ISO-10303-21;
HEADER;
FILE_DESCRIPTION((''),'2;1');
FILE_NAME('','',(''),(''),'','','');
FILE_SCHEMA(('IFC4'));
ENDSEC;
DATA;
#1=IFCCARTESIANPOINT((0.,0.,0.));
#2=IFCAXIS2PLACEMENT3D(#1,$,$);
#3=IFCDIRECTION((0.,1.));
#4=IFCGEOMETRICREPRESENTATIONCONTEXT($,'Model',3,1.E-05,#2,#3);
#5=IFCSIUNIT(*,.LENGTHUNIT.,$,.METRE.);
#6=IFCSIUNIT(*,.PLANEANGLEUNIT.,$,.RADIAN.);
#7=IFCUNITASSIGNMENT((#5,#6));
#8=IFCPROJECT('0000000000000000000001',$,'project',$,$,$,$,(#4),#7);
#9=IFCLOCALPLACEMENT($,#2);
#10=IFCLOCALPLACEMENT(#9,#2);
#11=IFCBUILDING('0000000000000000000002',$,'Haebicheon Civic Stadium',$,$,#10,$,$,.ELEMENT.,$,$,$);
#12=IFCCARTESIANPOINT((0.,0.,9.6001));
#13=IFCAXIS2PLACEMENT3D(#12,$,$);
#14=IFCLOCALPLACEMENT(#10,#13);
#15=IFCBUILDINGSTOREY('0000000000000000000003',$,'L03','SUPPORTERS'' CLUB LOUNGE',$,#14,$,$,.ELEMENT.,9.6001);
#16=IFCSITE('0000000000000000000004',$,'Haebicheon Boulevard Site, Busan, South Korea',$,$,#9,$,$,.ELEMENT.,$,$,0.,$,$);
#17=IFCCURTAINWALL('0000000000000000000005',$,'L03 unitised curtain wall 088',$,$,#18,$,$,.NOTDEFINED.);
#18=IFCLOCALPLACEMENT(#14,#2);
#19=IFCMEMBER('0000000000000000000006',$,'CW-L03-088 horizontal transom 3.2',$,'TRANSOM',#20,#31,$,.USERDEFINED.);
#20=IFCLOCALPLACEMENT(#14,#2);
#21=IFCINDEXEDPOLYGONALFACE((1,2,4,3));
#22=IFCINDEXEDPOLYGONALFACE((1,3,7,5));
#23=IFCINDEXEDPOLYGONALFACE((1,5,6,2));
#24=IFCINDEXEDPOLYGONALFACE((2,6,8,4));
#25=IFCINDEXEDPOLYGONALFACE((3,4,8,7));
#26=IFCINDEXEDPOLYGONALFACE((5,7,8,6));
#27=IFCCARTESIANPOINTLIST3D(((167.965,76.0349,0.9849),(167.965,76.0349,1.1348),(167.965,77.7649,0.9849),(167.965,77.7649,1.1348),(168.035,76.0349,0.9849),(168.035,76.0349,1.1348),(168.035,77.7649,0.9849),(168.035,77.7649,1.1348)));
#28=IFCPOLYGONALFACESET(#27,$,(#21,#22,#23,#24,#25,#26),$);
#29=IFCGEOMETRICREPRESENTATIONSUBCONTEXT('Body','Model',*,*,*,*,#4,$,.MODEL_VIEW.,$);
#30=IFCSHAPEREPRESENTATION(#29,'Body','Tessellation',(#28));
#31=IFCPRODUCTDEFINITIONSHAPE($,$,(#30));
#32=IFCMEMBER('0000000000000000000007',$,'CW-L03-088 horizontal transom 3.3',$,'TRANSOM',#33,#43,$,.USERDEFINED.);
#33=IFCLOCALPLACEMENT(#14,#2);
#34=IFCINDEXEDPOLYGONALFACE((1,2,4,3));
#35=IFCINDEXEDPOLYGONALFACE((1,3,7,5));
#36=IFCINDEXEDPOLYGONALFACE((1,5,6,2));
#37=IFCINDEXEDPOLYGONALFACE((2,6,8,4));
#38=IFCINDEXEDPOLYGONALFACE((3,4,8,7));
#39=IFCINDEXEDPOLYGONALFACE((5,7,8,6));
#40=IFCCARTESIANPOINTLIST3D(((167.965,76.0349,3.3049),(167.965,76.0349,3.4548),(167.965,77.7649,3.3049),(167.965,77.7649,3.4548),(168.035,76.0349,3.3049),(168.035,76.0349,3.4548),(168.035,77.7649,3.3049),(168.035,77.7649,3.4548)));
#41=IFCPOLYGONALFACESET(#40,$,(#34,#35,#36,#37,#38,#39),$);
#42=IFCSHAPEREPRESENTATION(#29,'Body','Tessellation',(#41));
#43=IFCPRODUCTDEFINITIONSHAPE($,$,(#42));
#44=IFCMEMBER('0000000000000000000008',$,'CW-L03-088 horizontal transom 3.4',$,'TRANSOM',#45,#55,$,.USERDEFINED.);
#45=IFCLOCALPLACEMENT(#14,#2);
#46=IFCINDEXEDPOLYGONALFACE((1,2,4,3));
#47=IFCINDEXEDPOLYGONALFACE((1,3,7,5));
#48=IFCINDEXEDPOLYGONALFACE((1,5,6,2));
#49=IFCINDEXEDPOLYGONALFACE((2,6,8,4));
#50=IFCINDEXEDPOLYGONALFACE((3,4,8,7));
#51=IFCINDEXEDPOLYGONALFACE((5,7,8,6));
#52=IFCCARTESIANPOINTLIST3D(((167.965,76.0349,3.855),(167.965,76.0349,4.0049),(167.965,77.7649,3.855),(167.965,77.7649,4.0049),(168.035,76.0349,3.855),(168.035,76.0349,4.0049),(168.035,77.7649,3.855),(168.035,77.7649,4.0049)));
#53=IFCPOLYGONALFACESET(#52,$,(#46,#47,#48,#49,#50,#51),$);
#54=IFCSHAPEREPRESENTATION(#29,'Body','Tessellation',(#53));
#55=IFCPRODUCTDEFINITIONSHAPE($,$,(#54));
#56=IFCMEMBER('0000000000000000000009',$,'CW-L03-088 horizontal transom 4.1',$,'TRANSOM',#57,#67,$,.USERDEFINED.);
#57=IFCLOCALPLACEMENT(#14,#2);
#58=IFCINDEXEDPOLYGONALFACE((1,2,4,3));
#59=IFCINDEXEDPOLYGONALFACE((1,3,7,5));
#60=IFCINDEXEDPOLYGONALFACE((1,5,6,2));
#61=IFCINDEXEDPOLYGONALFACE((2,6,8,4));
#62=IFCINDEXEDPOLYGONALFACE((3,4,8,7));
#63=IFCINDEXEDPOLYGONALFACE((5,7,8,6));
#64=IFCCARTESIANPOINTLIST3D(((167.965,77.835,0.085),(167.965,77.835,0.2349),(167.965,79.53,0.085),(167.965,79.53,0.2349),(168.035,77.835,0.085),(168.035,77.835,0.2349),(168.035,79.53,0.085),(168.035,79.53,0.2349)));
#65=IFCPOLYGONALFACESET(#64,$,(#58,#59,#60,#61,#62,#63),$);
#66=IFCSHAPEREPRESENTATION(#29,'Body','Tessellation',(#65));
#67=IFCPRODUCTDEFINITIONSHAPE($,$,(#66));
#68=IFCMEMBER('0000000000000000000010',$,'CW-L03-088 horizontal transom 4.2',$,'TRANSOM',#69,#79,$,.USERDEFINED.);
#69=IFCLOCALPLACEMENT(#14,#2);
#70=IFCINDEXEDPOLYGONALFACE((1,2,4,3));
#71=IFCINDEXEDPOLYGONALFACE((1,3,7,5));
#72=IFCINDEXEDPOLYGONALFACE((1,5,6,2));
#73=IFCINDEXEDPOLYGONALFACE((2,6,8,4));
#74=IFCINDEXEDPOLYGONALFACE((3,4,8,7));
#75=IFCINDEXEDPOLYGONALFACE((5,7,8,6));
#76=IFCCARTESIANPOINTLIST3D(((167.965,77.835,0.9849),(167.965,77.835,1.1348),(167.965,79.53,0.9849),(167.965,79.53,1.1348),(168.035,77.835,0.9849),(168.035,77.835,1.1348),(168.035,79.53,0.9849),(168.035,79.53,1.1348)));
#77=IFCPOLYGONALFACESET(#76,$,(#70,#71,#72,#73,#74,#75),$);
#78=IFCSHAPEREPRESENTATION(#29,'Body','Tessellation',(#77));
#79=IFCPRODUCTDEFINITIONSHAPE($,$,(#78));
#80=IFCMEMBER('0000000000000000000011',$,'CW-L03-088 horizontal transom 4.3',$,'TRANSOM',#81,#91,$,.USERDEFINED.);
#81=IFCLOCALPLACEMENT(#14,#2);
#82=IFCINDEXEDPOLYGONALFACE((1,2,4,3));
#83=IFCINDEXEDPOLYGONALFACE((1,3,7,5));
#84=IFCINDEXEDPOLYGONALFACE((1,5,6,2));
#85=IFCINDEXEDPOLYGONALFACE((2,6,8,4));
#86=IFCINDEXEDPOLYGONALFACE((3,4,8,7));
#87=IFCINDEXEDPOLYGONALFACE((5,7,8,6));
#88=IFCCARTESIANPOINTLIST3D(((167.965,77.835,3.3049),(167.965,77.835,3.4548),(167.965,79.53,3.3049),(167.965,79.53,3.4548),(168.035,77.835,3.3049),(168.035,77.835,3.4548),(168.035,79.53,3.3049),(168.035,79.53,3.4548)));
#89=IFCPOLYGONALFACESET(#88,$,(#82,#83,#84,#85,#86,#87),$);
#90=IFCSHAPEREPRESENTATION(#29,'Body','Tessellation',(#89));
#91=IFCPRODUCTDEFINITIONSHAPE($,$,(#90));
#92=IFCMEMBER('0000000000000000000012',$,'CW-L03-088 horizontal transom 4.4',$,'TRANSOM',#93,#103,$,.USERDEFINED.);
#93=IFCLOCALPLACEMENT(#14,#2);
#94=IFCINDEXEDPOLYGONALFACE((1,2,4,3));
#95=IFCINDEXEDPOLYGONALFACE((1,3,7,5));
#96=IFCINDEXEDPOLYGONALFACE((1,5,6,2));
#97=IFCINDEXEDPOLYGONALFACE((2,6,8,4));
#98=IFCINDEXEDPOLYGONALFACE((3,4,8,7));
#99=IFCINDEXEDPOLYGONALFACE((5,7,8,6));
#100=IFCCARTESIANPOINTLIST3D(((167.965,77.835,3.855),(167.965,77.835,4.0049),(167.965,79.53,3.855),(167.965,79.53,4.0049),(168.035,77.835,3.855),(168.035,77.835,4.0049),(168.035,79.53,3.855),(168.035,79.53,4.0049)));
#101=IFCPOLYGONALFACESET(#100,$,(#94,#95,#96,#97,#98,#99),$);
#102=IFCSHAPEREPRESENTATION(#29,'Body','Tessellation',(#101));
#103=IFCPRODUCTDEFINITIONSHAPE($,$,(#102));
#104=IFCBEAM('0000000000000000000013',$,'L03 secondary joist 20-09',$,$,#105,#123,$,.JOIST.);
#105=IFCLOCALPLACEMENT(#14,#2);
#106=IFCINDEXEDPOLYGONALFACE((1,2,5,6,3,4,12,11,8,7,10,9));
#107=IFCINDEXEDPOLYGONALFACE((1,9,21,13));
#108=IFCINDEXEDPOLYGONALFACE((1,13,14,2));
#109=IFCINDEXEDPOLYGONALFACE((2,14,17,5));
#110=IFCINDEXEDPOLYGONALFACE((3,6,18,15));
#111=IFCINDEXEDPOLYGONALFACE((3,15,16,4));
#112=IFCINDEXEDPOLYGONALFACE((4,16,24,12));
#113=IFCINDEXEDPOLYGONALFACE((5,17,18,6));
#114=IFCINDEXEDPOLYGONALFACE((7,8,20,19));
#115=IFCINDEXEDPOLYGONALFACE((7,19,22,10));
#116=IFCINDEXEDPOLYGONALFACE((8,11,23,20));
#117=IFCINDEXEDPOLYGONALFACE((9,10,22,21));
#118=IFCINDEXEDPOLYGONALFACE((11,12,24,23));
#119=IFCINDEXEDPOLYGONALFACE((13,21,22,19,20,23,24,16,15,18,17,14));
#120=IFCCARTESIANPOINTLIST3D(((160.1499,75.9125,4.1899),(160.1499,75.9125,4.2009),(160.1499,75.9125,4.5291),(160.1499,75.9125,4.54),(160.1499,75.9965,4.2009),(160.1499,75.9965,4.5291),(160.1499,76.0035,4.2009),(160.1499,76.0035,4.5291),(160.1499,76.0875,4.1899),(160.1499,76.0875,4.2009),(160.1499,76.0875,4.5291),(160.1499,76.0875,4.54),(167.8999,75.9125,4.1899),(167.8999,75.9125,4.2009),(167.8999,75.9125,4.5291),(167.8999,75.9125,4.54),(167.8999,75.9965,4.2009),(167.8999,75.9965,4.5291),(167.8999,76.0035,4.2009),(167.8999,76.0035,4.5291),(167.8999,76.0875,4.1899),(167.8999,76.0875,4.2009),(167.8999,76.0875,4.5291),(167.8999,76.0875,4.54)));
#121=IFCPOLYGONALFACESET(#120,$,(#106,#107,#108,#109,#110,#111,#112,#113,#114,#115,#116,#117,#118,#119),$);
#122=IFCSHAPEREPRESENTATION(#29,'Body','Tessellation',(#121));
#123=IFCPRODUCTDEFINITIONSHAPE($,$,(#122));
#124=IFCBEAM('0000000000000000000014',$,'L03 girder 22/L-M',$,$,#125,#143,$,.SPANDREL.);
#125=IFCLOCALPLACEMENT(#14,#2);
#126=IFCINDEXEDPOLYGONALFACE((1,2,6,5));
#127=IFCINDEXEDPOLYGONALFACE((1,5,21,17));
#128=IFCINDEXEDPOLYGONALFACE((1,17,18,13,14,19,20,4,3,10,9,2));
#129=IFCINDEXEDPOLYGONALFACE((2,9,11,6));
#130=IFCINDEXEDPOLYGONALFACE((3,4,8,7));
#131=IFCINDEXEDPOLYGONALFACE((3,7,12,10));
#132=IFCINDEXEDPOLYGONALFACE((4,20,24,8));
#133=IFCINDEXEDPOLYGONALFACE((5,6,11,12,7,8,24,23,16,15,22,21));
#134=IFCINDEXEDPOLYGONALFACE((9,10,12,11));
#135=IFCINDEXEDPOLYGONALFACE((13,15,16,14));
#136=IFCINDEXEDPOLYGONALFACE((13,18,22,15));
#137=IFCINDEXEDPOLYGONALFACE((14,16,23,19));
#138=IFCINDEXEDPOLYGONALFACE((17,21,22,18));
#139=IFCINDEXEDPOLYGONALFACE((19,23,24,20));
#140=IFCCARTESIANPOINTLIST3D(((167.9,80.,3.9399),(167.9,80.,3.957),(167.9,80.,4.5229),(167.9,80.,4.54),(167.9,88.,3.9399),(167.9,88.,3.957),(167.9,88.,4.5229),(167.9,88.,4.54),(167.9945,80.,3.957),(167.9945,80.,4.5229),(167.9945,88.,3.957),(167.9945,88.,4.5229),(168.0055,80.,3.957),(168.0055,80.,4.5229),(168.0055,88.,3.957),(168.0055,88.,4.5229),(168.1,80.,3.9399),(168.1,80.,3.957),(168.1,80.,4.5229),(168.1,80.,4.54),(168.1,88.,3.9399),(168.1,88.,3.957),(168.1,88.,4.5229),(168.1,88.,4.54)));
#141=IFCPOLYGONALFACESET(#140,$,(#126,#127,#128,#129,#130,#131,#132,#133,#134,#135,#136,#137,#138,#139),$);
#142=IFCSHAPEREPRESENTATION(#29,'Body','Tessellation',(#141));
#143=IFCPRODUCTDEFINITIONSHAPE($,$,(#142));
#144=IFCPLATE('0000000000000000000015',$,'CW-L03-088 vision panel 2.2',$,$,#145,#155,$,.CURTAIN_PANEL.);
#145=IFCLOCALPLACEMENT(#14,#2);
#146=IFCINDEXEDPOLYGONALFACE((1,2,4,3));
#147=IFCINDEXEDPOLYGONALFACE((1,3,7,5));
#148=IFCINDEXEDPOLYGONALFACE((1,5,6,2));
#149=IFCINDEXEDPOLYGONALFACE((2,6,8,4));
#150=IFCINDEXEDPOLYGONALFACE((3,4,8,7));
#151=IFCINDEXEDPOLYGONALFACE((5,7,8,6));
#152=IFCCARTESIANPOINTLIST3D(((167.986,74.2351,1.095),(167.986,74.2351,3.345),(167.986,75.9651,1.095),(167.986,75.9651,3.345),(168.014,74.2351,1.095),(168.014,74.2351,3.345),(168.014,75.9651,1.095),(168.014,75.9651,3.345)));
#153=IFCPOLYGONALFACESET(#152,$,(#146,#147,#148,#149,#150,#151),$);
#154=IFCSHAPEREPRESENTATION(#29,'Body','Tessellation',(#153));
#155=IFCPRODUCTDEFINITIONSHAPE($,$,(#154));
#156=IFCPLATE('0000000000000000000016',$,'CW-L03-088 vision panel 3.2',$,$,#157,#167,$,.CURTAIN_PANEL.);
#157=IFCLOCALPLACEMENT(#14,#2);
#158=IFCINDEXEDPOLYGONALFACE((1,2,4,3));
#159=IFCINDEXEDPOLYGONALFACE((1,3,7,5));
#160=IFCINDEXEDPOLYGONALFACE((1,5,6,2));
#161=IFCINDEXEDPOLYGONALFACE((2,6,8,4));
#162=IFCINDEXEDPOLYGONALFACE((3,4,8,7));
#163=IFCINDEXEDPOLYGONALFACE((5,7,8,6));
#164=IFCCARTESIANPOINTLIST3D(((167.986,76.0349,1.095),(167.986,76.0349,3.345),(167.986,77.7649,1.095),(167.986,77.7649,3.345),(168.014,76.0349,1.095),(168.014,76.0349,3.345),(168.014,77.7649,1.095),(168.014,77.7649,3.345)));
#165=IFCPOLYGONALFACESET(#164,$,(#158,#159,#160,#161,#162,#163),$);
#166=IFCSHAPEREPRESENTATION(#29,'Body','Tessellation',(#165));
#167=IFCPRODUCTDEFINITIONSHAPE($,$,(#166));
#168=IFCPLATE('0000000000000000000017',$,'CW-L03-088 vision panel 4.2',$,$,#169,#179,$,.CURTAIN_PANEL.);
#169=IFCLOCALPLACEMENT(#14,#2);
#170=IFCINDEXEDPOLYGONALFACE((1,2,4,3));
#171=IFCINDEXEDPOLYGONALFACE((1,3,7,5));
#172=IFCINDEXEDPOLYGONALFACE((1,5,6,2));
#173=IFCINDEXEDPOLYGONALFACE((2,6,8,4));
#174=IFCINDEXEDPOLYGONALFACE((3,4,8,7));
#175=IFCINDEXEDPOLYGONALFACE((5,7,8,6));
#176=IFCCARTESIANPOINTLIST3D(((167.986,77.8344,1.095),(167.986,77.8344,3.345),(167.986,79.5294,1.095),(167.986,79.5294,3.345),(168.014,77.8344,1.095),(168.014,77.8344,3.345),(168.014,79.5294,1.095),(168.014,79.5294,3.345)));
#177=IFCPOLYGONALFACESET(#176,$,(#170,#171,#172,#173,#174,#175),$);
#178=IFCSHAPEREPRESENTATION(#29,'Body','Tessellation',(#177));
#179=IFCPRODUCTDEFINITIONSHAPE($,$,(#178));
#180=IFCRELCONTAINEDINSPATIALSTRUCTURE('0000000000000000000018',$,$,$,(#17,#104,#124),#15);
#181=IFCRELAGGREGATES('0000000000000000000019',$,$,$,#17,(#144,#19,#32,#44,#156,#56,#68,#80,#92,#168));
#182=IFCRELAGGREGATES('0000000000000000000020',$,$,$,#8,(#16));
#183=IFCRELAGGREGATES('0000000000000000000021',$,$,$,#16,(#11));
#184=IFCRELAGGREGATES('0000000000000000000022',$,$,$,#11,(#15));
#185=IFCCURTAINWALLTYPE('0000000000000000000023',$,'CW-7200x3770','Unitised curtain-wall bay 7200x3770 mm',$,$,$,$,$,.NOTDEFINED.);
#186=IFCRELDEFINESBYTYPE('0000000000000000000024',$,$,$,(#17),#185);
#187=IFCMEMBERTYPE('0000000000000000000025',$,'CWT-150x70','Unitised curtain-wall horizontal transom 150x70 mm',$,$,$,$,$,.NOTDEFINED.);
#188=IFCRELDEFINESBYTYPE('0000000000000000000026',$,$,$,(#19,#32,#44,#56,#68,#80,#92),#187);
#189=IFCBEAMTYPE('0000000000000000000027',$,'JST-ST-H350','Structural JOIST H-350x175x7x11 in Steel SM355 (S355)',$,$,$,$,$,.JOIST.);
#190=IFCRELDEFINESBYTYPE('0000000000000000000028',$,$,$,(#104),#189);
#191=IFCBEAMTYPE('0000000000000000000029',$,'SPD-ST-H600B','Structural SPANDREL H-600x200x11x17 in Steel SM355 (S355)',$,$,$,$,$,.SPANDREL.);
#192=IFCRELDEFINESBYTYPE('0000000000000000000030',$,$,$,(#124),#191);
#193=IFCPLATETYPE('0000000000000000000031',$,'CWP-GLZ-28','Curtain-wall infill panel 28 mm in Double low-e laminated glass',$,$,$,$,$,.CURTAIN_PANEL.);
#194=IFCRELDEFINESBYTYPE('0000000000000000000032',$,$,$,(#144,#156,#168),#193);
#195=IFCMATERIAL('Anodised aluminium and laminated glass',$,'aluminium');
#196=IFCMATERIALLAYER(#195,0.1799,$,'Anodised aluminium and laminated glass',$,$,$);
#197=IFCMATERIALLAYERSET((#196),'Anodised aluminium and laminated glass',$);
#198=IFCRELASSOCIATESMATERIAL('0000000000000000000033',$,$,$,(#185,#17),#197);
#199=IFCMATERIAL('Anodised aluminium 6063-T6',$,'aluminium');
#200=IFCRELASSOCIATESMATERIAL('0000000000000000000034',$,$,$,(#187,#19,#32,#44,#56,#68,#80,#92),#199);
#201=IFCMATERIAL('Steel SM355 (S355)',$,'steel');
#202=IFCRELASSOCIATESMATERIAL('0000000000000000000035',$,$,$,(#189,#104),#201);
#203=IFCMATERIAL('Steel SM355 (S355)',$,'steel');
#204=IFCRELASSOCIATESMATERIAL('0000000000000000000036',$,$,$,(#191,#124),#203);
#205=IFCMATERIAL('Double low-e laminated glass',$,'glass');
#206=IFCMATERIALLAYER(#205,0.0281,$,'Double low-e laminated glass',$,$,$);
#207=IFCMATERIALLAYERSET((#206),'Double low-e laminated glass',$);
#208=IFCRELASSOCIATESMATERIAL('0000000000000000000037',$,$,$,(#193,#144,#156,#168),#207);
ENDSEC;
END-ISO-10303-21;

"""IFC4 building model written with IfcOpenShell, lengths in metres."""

from ifc_helpers import new_model, si_unit, direction, frame, origin, origin_2d, place, context, subcontext, project, spatial, rectangle, i_section, extrude, material, layer, layer_set, material_profile, profile_set, type_object, element, aggregate, save


model = new_model("IFC4")

# Units and contexts
model_context = context("Model", 3, precision=1e-05, world=origin(), true_north=direction((0.0, 1.0)))
body_context = subcontext(model_context, "Body", "Model", "MODEL_VIEW")
ifc_project = project(units=[si_unit("LENGTHUNIT", "METRE"), si_unit("PLANEANGLEUNIT", "RADIAN")], contexts=[model_context])

# Site, building, storey
site_placement = place(None, origin())
site = spatial("IfcSite", under=ifc_project, at=site_placement, Name="Haebicheon Boulevard Site, Busan, South Korea", CompositionType="ELEMENT", RefElevation=0.0)
building_placement = place(site_placement, origin())
building = spatial("IfcBuilding", under=site, at=building_placement, Name="Haebicheon Civic Stadium", CompositionType="ELEMENT")
storey_placement = place(building_placement, frame((0.0, 0.0, 9.6001)))
storey = spatial("IfcBuildingStorey", under=building, at=storey_placement, Name="L03", Description="SUPPORTERS' CLUB LOUNGE", CompositionType="ELEMENT", Elevation=9.6001)

# Curtain wall, members
ifc_material_1 = material(Name="Anodised aluminium and laminated glass", Category="aluminium")
ifc_layer_1 = layer(ifc_material_1, 0.1799, Name="Anodised aluminium and laminated glass")
ifc_layer_set_1 = layer_set([ifc_layer_1], Name="Anodised aluminium and laminated glass")
curtain_wall_type = type_object("IfcCurtainWallType", Name="CW-7200x3770", Description="Unitised curtain-wall bay 7200x3770 mm", PredefinedType="NOTDEFINED", material=ifc_layer_set_1)
curtain_wall_placement = place(storey_placement, origin())
curtain_wall = element("IfcCurtainWall", 1, at=curtain_wall_placement, inside=storey, type_object=curtain_wall_type, material=ifc_layer_set_1, Name="L03 unitised curtain wall 088", PredefinedType="NOTDEFINED")
ifc_material_2 = material(Name="Anodised aluminium 6063-T6", Category="aluminium")
ifc_material_profile_1 = material_profile(ifc_material_2, rectangle(XDim=0.0701, YDim=0.1499, at=origin_2d()), Name="ALU-TRAN-70x150")
ifc_profile_set_1 = profile_set([ifc_material_profile_1], Name="Anodised aluminium 6063-T6")
member_type_1 = type_object("IfcMemberType", Name="CWT-150x70", Description="Unitised curtain-wall horizontal transom 150x70 mm", PredefinedType="NOTDEFINED", material=ifc_profile_set_1)
member_1_placement = place(storey_placement, frame((168.0, 76.0349, 1.0598), z_axis=(0.0, 1.0, 0.0), x_axis=(-1.0, 0.0, 0.0)))
member_1 = element("IfcMember", 2, at=member_1_placement, type_object=member_type_1, material=ifc_profile_set_1, Name="CW-L03-088 horizontal transom 3.2", ObjectType="TRANSOM", PredefinedType="USERDEFINED", context=body_context, shape_type="SweptSolid", body=[
    extrude(rectangle(XDim=0.0701, YDim=0.1499, at=origin_2d()), origin(), (0.0, 0.0, 1.0), 1.73),
])
member_2_placement = place(storey_placement, frame((168.0, 76.0349, 3.3799), z_axis=(0.0, 1.0, 0.0), x_axis=(-1.0, 0.0, 0.0)))
member_2 = element("IfcMember", 3, at=member_2_placement, type_object=member_type_1, material=ifc_profile_set_1, Name="CW-L03-088 horizontal transom 3.3", ObjectType="TRANSOM", PredefinedType="USERDEFINED", context=body_context, shape_type="SweptSolid", body=[
    extrude(rectangle(XDim=0.0701, YDim=0.1499, at=origin_2d()), origin(), (0.0, 0.0, 1.0), 1.73),
])
member_3_placement = place(storey_placement, frame((168.0, 76.0349, 3.9299), z_axis=(0.0, 1.0, 0.0), x_axis=(-1.0, 0.0, 0.0)))
member_3 = element("IfcMember", 4, at=member_3_placement, type_object=member_type_1, material=ifc_profile_set_1, Name="CW-L03-088 horizontal transom 3.4", ObjectType="TRANSOM", PredefinedType="USERDEFINED", context=body_context, shape_type="SweptSolid", body=[
    extrude(rectangle(XDim=0.0701, YDim=0.1499, at=origin_2d()), origin(), (0.0, 0.0, 1.0), 1.73),
])
member_4_placement = place(storey_placement, frame((168.0, 77.835, 0.1599), z_axis=(0.0, 1.0, 0.0), x_axis=(-1.0, 0.0, 0.0)))
member_4 = element("IfcMember", 5, at=member_4_placement, type_object=member_type_1, material=ifc_profile_set_1, Name="CW-L03-088 horizontal transom 4.1", ObjectType="TRANSOM", PredefinedType="USERDEFINED", context=body_context, shape_type="SweptSolid", body=[
    extrude(rectangle(XDim=0.0701, YDim=0.1499, at=origin_2d()), origin(), (0.0, 0.0, 1.0), 1.6951),
])
member_5_placement = place(storey_placement, frame((168.0, 77.835, 1.0598), z_axis=(0.0, 1.0, 0.0), x_axis=(-1.0, 0.0, 0.0)))
member_5 = element("IfcMember", 6, at=member_5_placement, type_object=member_type_1, material=ifc_profile_set_1, Name="CW-L03-088 horizontal transom 4.2", ObjectType="TRANSOM", PredefinedType="USERDEFINED", context=body_context, shape_type="SweptSolid", body=[
    extrude(rectangle(XDim=0.0701, YDim=0.1499, at=origin_2d()), origin(), (0.0, 0.0, 1.0), 1.6951),
])
member_6_placement = place(storey_placement, frame((168.0, 77.835, 3.3799), z_axis=(0.0, 1.0, 0.0), x_axis=(-1.0, 0.0, 0.0)))
member_6 = element("IfcMember", 7, at=member_6_placement, type_object=member_type_1, material=ifc_profile_set_1, Name="CW-L03-088 horizontal transom 4.3", ObjectType="TRANSOM", PredefinedType="USERDEFINED", context=body_context, shape_type="SweptSolid", body=[
    extrude(rectangle(XDim=0.0701, YDim=0.1499, at=origin_2d()), origin(), (0.0, 0.0, 1.0), 1.6951),
])
member_7_placement = place(storey_placement, frame((168.0, 77.835, 3.9299), z_axis=(0.0, 1.0, 0.0), x_axis=(-1.0, 0.0, 0.0)))
member_7 = element("IfcMember", 8, at=member_7_placement, type_object=member_type_1, material=ifc_profile_set_1, Name="CW-L03-088 horizontal transom 4.4", ObjectType="TRANSOM", PredefinedType="USERDEFINED", context=body_context, shape_type="SweptSolid", body=[
    extrude(rectangle(XDim=0.0701, YDim=0.1499, at=origin_2d()), origin(), (0.0, 0.0, 1.0), 1.6951),
])

# Beams
ifc_material_3 = material(Name="Steel SM355 (S355)", Category="steel")
ifc_material_profile_2 = material_profile(ifc_material_3, i_section(OverallWidth=0.175, OverallDepth=0.3501, WebThickness=0.0071, FlangeThickness=0.011, at=origin_2d()), Name="H-350x175x7x11")
ifc_profile_set_2 = profile_set([ifc_material_profile_2], Name="Steel SM355 (S355)")
beam_type_1 = type_object("IfcBeamType", Name="JST-ST-H350", Description="Structural JOIST H-350x175x7x11 in Steel SM355 (S355)", PredefinedType="JOIST", material=ifc_profile_set_2)
beam_1_placement = place(storey_placement, frame((160.1499, 76.0, 4.365), z_axis=(1.0, 0.0, 0.0), x_axis=(0.0, 1.0, 0.0)))
element("IfcBeam", 9, at=beam_1_placement, inside=storey, type_object=beam_type_1, material=ifc_profile_set_2, Name="L03 secondary joist 20-09", PredefinedType="JOIST", context=body_context, shape_type="SweptSolid", body=[
    extrude(i_section(OverallWidth=0.175, OverallDepth=0.3501, WebThickness=0.0071, FlangeThickness=0.011, at=origin_2d()), origin(), (0.0, 0.0, 1.0), 7.75),
])
ifc_material_4 = material(Name="Steel SM355 (S355)", Category="steel")
ifc_material_profile_3 = material_profile(ifc_material_4, i_section(OverallWidth=0.2, OverallDepth=0.6001, WebThickness=0.011, FlangeThickness=0.0171, at=origin_2d()), Name="H-600x200x11x17")
ifc_profile_set_3 = profile_set([ifc_material_profile_3], Name="Steel SM355 (S355)")
beam_type_2 = type_object("IfcBeamType", Name="SPD-ST-H600B", Description="Structural SPANDREL H-600x200x11x17 in Steel SM355 (S355)", PredefinedType="SPANDREL", material=ifc_profile_set_3)
beam_2_placement = place(storey_placement, frame((168.0, 80.0, 4.24), z_axis=(0.0, 1.0, 0.0), x_axis=(-1.0, 0.0, 0.0)))
element("IfcBeam", 10, at=beam_2_placement, inside=storey, type_object=beam_type_2, material=ifc_profile_set_3, Name="L03 girder 22/L-M", PredefinedType="SPANDREL", context=body_context, shape_type="SweptSolid", body=[
    extrude(i_section(OverallWidth=0.2, OverallDepth=0.6001, WebThickness=0.011, FlangeThickness=0.0171, at=origin_2d()), origin(), (0.0, 0.0, 1.0), 8.0),
])

# Plates
ifc_material_5 = material(Name="Double low-e laminated glass", Category="glass")
ifc_layer_2 = layer(ifc_material_5, 0.0281, Name="Double low-e laminated glass")
ifc_layer_set_2 = layer_set([ifc_layer_2], Name="Double low-e laminated glass")
plate_type_1 = type_object("IfcPlateType", Name="CWP-GLZ-28", Description="Curtain-wall infill panel 28 mm in Double low-e laminated glass", PredefinedType="CURTAIN_PANEL", material=ifc_layer_set_2)
plate_1_placement = place(storey_placement, frame((168.0, 75.1001, 1.095), z_axis=(0.0, 0.0, 1.0), x_axis=(0.0, 1.0, 0.0)))
plate_1 = element("IfcPlate", 11, at=plate_1_placement, type_object=plate_type_1, material=ifc_layer_set_2, Name="CW-L03-088 vision panel 2.2", PredefinedType="CURTAIN_PANEL", context=body_context, shape_type="SweptSolid", body=[
    extrude(rectangle(XDim=1.73, YDim=0.0281, at=origin_2d()), origin(), (0.0, 0.0, 1.0), 2.25),
])
plate_2_placement = place(storey_placement, frame((168.0, 76.8999, 1.095), z_axis=(0.0, 0.0, 1.0), x_axis=(0.0, 1.0, 0.0)))
plate_2 = element("IfcPlate", 12, at=plate_2_placement, type_object=plate_type_1, material=ifc_layer_set_2, Name="CW-L03-088 vision panel 3.2", PredefinedType="CURTAIN_PANEL", context=body_context, shape_type="SweptSolid", body=[
    extrude(rectangle(XDim=1.73, YDim=0.0281, at=origin_2d()), origin(), (0.0, 0.0, 1.0), 2.25),
])
plate_3_placement = place(storey_placement, frame((168.0, 78.6819, 1.095), z_axis=(0.0, 0.0, 1.0), x_axis=(0.0, 1.0, 0.0)))
plate_3 = element("IfcPlate", 13, at=plate_3_placement, type_object=plate_type_1, material=ifc_layer_set_2, Name="CW-L03-088 vision panel 4.2", PredefinedType="CURTAIN_PANEL", context=body_context, shape_type="SweptSolid", body=[
    extrude(rectangle(XDim=1.6951, YDim=0.0281, at=origin_2d()), origin(), (0.0, 0.0, 1.0), 2.25),
])
aggregate(curtain_wall, [plate_1, member_1, member_2, member_3, plate_2, member_4, member_5, member_6, member_7, plate_3])

save(model, "model.ifc")
